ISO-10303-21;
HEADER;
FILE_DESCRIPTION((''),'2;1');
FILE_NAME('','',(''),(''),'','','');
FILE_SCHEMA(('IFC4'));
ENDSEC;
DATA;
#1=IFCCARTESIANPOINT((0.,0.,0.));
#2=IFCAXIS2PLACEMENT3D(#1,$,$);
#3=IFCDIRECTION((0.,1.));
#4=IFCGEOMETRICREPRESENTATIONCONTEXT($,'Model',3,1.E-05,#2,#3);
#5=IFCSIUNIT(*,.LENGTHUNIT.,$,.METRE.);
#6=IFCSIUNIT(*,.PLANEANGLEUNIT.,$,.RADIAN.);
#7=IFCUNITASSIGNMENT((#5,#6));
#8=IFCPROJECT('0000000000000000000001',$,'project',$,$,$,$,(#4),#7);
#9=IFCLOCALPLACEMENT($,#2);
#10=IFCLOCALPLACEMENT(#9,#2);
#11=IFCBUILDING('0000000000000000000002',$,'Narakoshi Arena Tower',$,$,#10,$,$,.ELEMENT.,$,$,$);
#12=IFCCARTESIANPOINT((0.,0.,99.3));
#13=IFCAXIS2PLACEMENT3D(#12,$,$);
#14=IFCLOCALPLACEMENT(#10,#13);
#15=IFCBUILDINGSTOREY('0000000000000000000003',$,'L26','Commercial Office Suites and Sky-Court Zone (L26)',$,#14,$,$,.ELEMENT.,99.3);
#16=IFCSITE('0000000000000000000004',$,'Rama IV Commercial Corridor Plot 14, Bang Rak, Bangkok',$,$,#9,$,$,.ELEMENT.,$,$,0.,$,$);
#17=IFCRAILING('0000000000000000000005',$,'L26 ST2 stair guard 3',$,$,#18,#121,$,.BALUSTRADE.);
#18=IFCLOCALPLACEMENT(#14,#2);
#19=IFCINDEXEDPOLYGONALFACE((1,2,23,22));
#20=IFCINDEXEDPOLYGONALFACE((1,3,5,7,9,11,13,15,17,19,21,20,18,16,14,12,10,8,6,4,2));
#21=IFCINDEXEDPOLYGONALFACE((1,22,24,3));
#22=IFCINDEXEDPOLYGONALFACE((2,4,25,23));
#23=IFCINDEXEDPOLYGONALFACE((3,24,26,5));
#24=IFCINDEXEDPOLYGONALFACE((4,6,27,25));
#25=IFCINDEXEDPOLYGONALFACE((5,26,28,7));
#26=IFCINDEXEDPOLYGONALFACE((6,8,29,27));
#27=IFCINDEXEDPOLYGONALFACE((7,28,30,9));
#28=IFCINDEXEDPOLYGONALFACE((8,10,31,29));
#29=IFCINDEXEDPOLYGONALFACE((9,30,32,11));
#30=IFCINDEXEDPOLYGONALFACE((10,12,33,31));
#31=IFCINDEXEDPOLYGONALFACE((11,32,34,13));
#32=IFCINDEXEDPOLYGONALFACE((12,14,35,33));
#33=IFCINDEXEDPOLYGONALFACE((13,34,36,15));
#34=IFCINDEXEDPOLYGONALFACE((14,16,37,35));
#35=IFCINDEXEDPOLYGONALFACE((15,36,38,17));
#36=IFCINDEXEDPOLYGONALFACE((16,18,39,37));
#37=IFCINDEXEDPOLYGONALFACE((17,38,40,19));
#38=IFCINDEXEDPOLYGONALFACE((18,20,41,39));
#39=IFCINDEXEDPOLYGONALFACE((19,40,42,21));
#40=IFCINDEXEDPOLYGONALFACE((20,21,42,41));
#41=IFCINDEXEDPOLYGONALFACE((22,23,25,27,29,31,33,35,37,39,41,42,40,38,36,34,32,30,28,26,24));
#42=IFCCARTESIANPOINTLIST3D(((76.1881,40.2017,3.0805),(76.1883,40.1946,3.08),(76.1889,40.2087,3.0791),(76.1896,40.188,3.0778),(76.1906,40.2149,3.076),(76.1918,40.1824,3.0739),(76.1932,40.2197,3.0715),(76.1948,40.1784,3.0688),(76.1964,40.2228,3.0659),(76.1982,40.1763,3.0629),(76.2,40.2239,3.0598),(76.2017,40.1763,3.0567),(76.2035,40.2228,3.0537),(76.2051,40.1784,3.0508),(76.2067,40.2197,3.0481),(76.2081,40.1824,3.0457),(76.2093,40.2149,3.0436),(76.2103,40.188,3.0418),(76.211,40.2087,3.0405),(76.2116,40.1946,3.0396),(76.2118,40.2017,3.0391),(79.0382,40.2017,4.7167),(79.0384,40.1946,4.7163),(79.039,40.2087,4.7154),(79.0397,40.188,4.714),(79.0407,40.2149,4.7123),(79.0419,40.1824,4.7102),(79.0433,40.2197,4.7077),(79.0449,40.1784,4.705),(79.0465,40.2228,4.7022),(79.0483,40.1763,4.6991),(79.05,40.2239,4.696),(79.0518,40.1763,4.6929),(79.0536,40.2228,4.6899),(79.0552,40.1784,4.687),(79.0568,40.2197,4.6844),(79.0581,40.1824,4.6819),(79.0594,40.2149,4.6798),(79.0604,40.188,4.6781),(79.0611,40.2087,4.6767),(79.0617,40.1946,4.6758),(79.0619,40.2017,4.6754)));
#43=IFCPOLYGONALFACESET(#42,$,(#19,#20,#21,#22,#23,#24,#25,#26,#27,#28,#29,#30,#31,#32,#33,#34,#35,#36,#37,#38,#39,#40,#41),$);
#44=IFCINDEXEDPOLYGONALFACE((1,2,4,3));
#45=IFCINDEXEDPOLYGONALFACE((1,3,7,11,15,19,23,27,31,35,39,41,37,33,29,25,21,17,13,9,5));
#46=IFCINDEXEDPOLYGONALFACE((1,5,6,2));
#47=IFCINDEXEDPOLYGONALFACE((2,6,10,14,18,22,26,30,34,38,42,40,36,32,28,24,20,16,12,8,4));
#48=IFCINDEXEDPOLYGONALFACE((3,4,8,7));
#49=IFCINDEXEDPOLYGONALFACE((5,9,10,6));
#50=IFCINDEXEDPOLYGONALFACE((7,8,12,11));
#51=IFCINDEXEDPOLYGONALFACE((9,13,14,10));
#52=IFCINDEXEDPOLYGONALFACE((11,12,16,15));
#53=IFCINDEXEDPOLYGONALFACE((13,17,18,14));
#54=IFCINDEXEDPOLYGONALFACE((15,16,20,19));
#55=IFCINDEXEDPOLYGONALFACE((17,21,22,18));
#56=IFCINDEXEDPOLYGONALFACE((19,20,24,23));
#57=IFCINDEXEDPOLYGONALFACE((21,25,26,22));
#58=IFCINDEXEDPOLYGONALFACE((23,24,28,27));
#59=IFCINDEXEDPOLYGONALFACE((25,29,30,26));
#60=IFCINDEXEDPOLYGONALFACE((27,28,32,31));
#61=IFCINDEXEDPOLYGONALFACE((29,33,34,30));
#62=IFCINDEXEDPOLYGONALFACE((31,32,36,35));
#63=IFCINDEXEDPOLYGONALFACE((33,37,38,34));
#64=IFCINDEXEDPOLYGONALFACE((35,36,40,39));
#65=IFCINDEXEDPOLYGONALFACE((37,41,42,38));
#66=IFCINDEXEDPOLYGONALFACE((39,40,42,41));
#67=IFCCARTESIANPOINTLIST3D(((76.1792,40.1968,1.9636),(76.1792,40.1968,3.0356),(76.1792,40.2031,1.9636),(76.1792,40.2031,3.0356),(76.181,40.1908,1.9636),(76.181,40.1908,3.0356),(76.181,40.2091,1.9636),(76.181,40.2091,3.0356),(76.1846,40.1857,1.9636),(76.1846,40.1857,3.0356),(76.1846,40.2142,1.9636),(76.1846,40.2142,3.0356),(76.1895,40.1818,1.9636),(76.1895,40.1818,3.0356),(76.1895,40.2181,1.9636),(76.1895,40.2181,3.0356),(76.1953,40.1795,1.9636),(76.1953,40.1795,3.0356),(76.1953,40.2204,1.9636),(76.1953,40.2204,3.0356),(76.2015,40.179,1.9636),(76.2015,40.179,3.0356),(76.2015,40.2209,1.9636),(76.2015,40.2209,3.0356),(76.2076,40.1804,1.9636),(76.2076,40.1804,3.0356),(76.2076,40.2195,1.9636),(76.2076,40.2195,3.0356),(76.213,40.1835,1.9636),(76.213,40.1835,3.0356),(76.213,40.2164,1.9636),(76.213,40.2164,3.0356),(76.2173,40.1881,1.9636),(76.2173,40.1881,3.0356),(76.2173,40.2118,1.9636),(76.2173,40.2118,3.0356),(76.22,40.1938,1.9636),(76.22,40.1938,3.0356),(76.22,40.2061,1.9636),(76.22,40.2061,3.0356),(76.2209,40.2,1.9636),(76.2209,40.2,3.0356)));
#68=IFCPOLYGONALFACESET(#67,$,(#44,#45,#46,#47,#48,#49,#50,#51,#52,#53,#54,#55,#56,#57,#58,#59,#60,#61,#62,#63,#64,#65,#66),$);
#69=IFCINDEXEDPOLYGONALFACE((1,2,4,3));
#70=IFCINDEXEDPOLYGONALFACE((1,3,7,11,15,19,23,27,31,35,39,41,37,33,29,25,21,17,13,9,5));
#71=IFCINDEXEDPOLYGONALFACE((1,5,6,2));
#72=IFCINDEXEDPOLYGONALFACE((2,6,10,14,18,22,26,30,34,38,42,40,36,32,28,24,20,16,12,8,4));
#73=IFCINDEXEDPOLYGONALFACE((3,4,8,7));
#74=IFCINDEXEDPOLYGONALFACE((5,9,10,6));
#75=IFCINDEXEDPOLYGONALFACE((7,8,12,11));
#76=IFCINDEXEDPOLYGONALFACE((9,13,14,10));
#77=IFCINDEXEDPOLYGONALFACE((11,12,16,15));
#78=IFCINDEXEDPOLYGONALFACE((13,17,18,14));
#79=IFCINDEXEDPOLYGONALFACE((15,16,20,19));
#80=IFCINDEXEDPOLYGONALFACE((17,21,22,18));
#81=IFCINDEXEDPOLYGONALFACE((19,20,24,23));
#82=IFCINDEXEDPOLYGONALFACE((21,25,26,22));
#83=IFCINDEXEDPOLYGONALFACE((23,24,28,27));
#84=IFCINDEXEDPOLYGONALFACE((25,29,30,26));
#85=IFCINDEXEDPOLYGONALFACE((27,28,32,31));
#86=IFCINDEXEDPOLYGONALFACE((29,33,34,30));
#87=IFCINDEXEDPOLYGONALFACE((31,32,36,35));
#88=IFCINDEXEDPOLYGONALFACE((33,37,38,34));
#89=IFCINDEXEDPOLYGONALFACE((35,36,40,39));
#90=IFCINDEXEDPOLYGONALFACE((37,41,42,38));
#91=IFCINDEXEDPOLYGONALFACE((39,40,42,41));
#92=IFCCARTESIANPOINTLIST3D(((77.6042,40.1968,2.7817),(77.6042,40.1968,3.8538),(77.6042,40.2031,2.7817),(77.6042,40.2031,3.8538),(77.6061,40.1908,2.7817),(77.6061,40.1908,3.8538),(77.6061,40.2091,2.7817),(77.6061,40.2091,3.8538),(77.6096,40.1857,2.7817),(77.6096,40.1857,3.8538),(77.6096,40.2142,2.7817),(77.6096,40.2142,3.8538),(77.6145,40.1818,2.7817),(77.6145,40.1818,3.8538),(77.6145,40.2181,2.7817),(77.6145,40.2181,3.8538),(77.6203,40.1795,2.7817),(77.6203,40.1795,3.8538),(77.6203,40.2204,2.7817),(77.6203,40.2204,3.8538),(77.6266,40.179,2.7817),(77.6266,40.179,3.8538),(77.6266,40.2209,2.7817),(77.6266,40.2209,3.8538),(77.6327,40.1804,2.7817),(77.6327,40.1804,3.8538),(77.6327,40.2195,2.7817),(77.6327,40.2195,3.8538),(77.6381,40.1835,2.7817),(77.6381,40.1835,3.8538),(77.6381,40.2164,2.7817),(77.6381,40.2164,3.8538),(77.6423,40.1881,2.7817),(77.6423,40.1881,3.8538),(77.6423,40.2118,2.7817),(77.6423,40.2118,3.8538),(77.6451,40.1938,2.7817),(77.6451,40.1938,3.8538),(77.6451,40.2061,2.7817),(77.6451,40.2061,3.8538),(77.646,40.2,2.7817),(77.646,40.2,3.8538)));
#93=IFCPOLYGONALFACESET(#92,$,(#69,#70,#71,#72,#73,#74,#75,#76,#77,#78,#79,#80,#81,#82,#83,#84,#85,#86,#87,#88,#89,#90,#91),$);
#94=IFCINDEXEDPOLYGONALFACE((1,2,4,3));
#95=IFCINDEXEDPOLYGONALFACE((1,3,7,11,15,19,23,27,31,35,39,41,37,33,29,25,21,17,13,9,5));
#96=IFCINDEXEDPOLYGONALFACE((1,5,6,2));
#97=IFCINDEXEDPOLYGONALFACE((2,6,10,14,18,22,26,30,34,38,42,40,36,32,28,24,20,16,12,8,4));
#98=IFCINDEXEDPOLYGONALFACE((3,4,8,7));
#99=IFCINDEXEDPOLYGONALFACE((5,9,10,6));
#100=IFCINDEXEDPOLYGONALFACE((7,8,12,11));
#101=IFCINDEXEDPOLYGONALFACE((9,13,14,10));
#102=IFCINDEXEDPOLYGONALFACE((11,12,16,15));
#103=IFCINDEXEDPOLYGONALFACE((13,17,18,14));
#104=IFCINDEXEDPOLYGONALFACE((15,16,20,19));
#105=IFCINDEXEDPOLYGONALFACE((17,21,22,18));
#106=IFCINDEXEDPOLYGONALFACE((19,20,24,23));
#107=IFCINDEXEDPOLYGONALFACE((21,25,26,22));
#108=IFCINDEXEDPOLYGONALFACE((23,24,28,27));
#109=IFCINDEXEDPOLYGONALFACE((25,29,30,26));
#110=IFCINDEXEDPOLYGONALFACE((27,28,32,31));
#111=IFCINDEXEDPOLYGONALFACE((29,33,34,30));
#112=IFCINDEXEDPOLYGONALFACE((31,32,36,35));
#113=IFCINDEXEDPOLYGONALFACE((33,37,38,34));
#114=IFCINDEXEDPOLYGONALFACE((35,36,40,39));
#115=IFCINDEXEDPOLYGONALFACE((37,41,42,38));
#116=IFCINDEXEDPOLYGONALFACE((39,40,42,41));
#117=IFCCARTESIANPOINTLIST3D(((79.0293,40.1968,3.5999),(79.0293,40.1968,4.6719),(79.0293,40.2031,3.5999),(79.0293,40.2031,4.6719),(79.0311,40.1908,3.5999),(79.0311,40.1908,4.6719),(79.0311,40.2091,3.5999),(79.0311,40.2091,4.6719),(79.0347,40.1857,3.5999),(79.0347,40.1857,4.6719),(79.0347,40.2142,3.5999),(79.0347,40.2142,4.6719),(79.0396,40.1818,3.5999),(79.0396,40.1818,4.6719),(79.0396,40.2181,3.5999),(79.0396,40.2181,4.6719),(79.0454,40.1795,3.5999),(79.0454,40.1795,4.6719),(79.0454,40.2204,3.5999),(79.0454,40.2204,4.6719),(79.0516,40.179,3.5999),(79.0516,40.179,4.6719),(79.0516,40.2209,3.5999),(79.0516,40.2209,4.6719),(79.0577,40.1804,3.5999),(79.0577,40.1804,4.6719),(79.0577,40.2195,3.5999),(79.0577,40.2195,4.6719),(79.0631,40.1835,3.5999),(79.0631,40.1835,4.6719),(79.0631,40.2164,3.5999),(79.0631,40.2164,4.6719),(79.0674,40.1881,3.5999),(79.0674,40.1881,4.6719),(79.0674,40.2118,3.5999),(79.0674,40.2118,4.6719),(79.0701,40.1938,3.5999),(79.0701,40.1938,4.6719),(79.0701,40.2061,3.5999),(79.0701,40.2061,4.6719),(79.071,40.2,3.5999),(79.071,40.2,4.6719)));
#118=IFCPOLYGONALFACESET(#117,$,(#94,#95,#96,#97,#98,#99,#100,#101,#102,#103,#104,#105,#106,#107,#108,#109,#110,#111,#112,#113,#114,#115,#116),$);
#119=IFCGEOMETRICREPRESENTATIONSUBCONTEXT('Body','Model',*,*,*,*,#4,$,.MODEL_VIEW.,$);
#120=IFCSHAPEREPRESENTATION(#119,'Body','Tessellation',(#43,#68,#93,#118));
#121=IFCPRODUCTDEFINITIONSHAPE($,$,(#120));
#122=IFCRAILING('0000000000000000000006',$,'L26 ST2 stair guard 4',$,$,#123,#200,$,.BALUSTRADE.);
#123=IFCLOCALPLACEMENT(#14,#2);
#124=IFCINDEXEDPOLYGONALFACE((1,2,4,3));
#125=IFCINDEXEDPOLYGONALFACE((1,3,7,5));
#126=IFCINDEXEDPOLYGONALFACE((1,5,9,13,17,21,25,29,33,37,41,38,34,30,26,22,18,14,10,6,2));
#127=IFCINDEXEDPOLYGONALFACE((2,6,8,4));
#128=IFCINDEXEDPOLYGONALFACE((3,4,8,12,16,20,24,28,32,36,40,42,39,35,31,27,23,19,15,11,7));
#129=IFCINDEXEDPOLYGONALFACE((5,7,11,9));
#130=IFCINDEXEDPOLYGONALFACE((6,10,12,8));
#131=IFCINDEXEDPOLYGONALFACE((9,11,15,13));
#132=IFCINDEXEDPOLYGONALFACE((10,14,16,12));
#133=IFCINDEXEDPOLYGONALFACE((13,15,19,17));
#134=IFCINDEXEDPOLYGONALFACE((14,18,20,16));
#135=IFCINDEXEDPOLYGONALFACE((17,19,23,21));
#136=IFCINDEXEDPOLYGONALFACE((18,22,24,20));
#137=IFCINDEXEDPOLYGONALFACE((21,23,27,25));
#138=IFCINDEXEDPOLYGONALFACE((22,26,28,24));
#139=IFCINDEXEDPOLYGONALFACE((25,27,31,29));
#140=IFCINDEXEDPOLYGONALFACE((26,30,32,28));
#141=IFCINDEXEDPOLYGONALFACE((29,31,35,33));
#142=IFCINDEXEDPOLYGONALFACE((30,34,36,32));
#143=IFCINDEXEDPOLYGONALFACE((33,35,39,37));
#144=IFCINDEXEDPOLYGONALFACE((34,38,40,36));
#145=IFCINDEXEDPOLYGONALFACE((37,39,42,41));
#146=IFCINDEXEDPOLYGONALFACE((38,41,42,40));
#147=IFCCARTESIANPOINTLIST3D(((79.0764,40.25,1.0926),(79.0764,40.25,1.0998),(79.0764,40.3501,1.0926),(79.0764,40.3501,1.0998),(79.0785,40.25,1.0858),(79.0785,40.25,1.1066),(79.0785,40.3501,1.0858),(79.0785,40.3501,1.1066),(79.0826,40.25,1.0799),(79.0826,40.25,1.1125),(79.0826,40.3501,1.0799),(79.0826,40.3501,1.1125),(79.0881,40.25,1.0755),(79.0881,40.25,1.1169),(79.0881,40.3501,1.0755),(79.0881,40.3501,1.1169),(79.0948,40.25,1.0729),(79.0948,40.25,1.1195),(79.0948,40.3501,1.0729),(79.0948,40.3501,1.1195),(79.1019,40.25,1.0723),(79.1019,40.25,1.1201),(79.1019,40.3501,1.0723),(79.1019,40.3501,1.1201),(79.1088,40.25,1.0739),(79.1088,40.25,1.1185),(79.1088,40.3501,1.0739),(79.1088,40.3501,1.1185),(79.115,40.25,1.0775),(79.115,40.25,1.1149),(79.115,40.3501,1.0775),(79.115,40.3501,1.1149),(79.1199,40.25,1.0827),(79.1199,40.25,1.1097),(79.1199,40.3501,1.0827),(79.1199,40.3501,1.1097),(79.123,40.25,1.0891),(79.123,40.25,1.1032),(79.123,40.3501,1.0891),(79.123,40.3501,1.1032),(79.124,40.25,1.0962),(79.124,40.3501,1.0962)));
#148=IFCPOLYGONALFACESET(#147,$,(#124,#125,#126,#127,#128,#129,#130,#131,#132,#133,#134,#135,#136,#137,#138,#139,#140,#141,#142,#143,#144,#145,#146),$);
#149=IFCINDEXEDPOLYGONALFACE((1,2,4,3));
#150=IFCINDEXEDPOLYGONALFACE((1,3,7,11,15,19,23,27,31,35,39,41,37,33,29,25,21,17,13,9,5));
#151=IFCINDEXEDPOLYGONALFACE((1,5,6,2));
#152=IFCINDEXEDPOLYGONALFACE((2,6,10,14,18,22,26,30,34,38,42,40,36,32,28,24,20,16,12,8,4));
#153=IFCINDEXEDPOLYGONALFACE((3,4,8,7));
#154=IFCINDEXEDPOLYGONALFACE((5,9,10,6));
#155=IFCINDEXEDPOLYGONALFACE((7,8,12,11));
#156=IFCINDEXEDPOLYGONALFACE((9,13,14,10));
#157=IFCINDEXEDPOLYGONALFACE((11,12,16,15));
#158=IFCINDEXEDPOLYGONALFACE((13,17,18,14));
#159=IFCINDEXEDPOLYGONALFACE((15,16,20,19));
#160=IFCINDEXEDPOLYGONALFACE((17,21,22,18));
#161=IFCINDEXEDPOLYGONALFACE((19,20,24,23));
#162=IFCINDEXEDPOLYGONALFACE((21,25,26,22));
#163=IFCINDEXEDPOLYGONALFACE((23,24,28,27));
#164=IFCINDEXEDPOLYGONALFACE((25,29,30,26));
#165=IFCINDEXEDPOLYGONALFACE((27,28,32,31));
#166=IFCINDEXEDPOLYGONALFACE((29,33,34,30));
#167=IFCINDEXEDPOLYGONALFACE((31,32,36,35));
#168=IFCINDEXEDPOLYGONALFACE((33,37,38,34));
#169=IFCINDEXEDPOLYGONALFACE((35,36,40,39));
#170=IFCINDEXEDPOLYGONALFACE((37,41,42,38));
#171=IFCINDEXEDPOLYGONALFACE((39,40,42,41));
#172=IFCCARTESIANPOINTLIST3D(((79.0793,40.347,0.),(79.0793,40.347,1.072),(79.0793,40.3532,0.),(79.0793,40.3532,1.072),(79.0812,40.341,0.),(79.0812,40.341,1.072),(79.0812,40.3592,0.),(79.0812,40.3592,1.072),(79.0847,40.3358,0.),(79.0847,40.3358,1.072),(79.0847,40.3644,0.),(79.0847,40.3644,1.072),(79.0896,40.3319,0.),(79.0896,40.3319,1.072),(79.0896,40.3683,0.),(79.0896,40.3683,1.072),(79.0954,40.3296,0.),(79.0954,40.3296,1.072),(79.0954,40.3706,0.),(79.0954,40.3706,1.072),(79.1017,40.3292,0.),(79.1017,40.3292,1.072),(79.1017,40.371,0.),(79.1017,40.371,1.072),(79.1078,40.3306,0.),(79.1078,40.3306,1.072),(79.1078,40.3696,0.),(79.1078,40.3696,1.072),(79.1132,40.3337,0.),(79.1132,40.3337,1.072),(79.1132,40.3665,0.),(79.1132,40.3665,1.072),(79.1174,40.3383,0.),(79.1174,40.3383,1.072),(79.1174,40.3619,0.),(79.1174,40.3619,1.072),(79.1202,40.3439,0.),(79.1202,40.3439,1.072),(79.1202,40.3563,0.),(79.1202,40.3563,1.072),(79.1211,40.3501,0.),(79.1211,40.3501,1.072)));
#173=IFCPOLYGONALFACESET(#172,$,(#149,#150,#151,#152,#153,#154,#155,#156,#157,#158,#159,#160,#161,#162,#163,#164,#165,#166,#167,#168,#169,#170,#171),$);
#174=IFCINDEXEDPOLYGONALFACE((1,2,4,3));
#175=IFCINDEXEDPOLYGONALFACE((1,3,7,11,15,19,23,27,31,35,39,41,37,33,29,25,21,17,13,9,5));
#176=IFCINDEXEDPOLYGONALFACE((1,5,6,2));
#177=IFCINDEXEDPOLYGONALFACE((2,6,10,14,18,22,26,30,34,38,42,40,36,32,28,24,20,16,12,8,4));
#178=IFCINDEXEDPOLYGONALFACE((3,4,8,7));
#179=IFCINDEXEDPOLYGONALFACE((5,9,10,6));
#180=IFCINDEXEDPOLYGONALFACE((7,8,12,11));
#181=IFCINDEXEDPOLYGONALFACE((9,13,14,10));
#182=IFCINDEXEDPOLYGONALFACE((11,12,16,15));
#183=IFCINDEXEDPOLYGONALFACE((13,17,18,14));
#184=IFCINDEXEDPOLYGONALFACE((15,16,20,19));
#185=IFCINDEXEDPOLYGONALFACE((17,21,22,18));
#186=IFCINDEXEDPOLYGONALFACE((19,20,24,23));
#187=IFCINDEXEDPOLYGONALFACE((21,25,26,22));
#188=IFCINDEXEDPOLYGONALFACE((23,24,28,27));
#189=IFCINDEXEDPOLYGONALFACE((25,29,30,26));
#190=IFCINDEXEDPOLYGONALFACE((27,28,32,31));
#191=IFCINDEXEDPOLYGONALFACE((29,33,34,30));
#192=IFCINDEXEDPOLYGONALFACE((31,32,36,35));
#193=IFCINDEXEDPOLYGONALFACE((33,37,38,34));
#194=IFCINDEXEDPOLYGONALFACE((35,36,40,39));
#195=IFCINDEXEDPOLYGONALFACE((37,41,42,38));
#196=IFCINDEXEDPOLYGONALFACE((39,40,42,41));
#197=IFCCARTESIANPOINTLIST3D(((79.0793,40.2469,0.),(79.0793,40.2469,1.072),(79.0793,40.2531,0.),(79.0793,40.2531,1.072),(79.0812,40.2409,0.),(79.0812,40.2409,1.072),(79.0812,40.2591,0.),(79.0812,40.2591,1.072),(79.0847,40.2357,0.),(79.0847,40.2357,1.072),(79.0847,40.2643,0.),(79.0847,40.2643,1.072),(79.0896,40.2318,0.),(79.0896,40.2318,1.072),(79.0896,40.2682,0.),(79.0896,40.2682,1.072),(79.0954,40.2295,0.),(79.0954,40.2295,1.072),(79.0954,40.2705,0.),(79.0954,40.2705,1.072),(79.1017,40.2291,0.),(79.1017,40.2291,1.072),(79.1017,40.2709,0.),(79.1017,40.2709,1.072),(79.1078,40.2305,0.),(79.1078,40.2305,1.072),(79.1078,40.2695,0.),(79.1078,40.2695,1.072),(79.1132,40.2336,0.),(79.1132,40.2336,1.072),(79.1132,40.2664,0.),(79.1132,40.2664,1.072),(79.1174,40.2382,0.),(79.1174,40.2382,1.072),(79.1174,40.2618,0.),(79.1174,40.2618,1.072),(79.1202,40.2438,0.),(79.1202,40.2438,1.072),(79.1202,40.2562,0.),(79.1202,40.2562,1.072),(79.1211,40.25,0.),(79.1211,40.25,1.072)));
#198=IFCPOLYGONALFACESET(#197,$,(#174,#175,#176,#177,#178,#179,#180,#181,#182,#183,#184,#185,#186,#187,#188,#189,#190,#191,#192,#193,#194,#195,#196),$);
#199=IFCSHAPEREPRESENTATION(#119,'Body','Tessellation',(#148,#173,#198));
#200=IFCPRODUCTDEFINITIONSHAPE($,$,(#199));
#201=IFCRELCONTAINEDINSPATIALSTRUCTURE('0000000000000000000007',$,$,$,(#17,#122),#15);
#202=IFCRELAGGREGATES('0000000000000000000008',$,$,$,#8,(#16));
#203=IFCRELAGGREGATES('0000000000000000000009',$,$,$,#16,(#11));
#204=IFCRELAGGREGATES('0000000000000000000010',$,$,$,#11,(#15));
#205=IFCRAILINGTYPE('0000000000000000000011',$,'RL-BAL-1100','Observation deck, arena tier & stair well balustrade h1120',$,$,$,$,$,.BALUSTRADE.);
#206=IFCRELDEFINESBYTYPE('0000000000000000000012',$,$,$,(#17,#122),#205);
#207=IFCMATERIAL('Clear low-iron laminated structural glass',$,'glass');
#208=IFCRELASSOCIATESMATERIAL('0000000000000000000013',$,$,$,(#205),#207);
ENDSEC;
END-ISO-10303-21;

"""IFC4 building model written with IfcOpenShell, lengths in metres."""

from ifc_helpers import new_model, si_unit, direction, frame, origin, origin_2d, place, context, subcontext, project, spatial, circle, extrude, material, type_object, element, save


model = new_model("IFC4")

# Units and contexts
model_context = context("Model", 3, precision=1e-05, world=origin(), true_north=direction((0.0, 1.0)))
body_context = subcontext(model_context, "Body", "Model", "MODEL_VIEW")
ifc_project = project(units=[si_unit("LENGTHUNIT", "METRE"), si_unit("PLANEANGLEUNIT", "RADIAN")], contexts=[model_context])

# Site, building, storey
site_placement = place(None, origin())
site = spatial("IfcSite", under=ifc_project, at=site_placement, Name="Rama IV Commercial Corridor Plot 14, Bang Rak, Bangkok", CompositionType="ELEMENT", RefElevation=0.0)
building_placement = place(site_placement, origin())
building = spatial("IfcBuilding", under=site, at=building_placement, Name="Narakoshi Arena Tower", CompositionType="ELEMENT")
storey_placement = place(building_placement, frame((0.0, 0.0, 99.3)))
storey = spatial("IfcBuildingStorey", under=building, at=storey_placement, Name="L26", Description="Commercial Office Suites and Sky-Court Zone (L26)", CompositionType="ELEMENT", Elevation=99.3)

# Railings
ifc_material_1 = material(Name="Clear low-iron laminated structural glass", Category="glass")
railing_type_1 = type_object("IfcRailingType", Name="RL-BAL-1100", Description="Observation deck, arena tier & stair well balustrade h1120", PredefinedType="BALUSTRADE", material=ifc_material_1)
railing_1_placement = place(storey_placement, frame((76.2, 40.2, 1.9636)))
element("IfcRailing", 1, at=railing_1_placement, inside=storey, type_object=railing_type_1, Name="L26 ST2 stair guard 3", PredefinedType="BALUSTRADE", context=body_context, shape_type="SweptSolid", body=[
    extrude(circle(Radius=0.0239, at=origin_2d()), frame((0.0, 0.0, 1.0962), z_axis=(0.867245, 0.0, 0.497882), x_axis=(0.0, 1.0, 0.0)), (0.0, 0.0, 1.0), 3.2864),
    extrude(circle(Radius=0.021, at=origin_2d()), origin(), (0.0, 0.0, 1.0), 1.072),
    extrude(circle(Radius=0.021, at=origin_2d()), frame((1.425, 0.0, 0.8181)), (0.0, 0.0, 1.0), 1.072),
    extrude(circle(Radius=0.021, at=origin_2d()), frame((2.8501, 0.0, 1.6362)), (0.0, 0.0, 1.0), 1.072),
])
railing_2_placement = place(storey_placement, frame((79.1001, 40.3501, 0.0)))
element("IfcRailing", 2, at=railing_2_placement, inside=storey, type_object=railing_type_1, Name="L26 ST2 stair guard 4", PredefinedType="BALUSTRADE", context=body_context, shape_type="SweptSolid", body=[
    extrude(circle(Radius=0.0239, at=origin_2d()), frame((0.0, 0.0, 1.0962), z_axis=(0.0, -1.0, 0.0), x_axis=(1.0, 0.0, 0.0)), (0.0, 0.0, 1.0), 0.1001),
    extrude(circle(Radius=0.021, at=origin_2d()), origin(), (0.0, 0.0, 1.0), 1.072),
    extrude(circle(Radius=0.021, at=origin_2d()), frame((0.0, -0.1001, 0.0)), (0.0, 0.0, 1.0), 1.072),
])

save(model, "model.ifc")
